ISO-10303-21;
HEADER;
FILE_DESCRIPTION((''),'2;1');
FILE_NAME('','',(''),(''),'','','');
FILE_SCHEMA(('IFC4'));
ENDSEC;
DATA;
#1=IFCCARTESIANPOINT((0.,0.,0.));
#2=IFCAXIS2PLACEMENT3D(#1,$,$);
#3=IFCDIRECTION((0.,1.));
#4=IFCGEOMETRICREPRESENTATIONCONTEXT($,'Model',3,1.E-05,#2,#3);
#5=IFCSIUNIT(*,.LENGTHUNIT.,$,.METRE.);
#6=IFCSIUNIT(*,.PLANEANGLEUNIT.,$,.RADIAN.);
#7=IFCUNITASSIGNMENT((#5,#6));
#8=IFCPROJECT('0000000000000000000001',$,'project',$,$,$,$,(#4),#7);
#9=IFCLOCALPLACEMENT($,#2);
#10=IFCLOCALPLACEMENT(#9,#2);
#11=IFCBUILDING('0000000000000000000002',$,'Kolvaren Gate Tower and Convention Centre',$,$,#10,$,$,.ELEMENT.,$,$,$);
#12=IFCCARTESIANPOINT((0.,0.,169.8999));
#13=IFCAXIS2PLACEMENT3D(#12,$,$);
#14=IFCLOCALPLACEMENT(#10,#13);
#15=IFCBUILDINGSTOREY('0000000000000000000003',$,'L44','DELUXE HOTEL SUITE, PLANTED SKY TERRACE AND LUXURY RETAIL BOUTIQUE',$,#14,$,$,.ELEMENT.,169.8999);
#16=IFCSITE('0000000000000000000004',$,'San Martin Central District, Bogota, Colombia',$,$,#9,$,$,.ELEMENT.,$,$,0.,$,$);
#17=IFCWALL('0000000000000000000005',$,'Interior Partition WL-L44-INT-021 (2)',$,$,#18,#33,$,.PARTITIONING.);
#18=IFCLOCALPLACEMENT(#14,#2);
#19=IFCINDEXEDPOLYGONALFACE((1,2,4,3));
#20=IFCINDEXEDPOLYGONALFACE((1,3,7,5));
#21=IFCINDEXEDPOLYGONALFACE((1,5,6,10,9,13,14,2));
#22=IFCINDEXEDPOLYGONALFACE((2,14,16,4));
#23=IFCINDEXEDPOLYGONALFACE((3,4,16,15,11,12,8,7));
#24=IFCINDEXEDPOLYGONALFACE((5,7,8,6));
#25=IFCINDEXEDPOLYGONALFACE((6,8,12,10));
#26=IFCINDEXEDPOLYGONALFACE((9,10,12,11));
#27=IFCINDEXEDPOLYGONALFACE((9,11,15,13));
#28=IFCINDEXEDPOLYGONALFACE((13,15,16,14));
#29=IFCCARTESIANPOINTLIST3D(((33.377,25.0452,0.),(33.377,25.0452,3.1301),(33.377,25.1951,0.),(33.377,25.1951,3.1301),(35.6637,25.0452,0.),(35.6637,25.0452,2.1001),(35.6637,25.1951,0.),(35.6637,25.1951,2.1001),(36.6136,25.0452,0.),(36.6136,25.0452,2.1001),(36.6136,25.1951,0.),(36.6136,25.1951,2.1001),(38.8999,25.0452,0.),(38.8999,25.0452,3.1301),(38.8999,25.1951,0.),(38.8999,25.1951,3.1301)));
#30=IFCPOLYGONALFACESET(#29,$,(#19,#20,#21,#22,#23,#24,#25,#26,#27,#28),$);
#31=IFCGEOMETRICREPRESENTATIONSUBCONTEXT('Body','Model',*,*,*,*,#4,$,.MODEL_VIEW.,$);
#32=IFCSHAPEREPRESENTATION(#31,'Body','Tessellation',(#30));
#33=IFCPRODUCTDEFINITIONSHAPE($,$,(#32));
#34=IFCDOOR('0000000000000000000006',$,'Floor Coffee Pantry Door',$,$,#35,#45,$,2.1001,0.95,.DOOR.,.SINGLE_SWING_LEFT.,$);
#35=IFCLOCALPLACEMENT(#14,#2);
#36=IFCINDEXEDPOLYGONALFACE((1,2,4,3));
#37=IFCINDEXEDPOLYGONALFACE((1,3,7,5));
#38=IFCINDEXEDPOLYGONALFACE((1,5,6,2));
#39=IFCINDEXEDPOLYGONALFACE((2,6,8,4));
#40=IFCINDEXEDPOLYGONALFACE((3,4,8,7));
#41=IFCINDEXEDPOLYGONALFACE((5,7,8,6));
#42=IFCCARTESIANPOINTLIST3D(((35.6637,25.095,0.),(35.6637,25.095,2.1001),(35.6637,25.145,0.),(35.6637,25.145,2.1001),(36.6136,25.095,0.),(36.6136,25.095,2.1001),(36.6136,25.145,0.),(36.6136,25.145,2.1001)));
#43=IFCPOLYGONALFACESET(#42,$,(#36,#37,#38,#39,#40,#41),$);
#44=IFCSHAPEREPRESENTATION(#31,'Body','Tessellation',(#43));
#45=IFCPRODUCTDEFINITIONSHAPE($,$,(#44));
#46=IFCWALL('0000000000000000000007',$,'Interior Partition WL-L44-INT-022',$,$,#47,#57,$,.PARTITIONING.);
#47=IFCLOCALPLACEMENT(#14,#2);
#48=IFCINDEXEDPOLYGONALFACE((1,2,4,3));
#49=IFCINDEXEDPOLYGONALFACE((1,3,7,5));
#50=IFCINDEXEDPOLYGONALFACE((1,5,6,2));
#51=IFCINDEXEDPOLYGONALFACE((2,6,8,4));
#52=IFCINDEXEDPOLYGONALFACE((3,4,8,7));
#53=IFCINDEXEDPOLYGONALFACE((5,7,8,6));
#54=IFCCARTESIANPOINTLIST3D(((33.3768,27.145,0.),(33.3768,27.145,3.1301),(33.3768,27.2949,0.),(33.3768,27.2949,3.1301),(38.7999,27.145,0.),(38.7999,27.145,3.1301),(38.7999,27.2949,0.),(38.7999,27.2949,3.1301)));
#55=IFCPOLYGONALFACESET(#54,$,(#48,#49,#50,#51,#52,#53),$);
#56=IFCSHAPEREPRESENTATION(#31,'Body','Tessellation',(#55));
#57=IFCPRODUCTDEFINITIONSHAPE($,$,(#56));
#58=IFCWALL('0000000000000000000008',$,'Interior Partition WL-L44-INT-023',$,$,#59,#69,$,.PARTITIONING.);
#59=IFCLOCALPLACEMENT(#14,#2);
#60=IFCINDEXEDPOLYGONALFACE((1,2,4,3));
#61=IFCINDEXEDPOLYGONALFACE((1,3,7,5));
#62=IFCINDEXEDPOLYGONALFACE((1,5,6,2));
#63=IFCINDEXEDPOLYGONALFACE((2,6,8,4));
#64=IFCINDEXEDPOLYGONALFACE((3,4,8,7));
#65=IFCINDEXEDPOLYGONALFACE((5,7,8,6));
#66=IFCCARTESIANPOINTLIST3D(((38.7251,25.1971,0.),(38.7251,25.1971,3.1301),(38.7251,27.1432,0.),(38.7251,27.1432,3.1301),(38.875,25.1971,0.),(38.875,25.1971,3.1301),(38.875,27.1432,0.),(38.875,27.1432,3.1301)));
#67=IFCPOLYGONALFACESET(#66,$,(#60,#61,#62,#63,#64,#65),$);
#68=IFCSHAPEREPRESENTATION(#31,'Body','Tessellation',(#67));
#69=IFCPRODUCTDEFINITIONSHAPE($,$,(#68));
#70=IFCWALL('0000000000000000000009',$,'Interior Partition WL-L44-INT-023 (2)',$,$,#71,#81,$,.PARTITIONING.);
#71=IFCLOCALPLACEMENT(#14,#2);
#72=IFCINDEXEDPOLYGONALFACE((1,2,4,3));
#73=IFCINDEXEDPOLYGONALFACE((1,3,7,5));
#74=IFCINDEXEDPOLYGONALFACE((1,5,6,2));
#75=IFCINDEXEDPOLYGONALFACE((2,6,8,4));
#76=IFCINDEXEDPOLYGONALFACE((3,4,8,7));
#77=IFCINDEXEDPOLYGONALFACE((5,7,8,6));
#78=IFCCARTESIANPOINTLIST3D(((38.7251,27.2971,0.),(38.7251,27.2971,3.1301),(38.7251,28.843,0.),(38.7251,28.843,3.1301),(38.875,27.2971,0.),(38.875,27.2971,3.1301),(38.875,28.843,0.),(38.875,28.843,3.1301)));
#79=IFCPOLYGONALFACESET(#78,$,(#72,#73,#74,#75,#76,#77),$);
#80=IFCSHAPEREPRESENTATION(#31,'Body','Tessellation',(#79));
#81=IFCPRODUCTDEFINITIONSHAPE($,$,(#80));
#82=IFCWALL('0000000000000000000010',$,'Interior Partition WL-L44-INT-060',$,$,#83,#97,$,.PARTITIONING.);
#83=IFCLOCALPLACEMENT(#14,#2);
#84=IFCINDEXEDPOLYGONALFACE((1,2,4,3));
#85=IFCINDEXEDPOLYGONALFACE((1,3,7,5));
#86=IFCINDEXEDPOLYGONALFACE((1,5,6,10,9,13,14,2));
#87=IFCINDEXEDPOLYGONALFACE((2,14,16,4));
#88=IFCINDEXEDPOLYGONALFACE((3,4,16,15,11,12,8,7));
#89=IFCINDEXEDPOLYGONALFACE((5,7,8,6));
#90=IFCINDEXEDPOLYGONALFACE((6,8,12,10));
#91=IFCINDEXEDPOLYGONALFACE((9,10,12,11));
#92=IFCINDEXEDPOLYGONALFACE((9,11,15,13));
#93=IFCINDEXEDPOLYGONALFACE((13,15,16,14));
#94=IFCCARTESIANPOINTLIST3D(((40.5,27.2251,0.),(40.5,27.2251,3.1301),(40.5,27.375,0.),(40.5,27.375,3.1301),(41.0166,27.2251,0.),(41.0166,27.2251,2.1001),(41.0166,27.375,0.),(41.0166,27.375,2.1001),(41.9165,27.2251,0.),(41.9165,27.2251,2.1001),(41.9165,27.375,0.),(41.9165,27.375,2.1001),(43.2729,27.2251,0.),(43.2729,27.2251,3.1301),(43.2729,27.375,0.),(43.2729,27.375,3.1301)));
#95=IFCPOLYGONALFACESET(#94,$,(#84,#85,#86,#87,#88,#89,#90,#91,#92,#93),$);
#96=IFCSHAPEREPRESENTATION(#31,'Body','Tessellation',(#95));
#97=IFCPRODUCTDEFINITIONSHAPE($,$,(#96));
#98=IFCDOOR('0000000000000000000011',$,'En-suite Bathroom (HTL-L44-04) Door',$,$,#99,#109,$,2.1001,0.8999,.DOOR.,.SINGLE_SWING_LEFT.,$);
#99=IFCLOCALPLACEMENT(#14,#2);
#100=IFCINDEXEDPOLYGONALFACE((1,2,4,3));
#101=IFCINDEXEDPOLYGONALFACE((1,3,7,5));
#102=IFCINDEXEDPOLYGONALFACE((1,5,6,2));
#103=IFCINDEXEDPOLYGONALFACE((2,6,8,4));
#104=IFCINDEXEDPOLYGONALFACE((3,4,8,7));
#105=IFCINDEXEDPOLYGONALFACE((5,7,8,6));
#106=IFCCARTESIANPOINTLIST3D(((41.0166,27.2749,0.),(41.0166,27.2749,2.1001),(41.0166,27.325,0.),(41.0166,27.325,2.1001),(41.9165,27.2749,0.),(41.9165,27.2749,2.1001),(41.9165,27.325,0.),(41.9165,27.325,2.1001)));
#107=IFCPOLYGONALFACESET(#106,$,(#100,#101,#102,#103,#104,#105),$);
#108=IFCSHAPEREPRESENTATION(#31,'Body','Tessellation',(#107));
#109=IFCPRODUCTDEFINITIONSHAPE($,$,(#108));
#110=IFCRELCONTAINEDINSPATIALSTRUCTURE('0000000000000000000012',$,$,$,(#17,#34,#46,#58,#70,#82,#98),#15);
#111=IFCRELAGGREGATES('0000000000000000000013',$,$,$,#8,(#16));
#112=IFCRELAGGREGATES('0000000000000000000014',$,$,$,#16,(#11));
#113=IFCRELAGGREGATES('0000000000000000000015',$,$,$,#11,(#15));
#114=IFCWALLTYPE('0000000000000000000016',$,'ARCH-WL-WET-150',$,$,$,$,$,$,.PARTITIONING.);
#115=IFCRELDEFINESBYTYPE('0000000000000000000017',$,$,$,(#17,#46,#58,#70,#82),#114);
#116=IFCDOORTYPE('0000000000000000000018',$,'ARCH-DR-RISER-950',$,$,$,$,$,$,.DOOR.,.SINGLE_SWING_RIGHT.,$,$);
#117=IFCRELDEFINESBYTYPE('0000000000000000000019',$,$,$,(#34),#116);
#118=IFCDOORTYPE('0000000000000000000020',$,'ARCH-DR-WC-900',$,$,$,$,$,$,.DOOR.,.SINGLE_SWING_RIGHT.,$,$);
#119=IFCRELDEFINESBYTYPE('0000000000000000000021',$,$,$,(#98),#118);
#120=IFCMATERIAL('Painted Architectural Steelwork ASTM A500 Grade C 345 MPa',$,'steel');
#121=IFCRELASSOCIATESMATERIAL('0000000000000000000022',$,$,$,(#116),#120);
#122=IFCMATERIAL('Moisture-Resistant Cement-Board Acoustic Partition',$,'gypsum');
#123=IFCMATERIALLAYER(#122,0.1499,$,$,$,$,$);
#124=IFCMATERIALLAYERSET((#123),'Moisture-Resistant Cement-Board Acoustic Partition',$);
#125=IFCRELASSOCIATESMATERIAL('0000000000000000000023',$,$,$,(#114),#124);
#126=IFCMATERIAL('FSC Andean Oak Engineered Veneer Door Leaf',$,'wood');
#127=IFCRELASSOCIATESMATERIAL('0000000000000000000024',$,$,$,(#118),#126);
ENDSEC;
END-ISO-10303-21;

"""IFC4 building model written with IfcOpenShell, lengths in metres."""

from ifc_helpers import new_model, si_unit, direction, frame, frame_2d, origin, place, context, subcontext, project, spatial, rectangle, extrude, material, layer, layer_set, type_object, element, fill, save


model = new_model("IFC4")

# Units and contexts
model_context = context("Model", 3, precision=1e-05, world=origin(), true_north=direction((0.0, 1.0)))
body_context = subcontext(model_context, "Body", "Model", "MODEL_VIEW")
ifc_project = project(units=[si_unit("LENGTHUNIT", "METRE"), si_unit("PLANEANGLEUNIT", "RADIAN")], contexts=[model_context])

# Site, building, storey
site_placement = place(None, origin())
site = spatial("IfcSite", under=ifc_project, at=site_placement, Name="San Martin Central District, Bogota, Colombia", CompositionType="ELEMENT", RefElevation=0.0)
building_placement = place(site_placement, origin())
building = spatial("IfcBuilding", under=site, at=building_placement, Name="Kolvaren Gate Tower and Convention Centre", CompositionType="ELEMENT")
storey_placement = place(building_placement, frame((0.0, 0.0, 169.8999)))
storey = spatial("IfcBuildingStorey", under=building, at=storey_placement, Name="L44", Description="DELUXE HOTEL SUITE, PLANTED SKY TERRACE AND LUXURY RETAIL BOUTIQUE", CompositionType="ELEMENT", Elevation=169.8999)

# Shared definitions
ifc_material_1 = material(Name="Painted Architectural Steelwork ASTM A500 Grade C 345 MPa", Category="steel")
door_type_1 = type_object("IfcDoorType", Name="ARCH-DR-RISER-950", OperationType="SINGLE_SWING_RIGHT", PredefinedType="DOOR", material=ifc_material_1)

# Shared definitions
ifc_material_2 = material(Name="Moisture-Resistant Cement-Board Acoustic Partition", Category="gypsum")
ifc_layer_1 = layer(ifc_material_2, 0.1499)
ifc_layer_set_1 = layer_set([ifc_layer_1], Name="Moisture-Resistant Cement-Board Acoustic Partition")
wall_type_1 = type_object("IfcWallType", Name="ARCH-WL-WET-150", PredefinedType="PARTITIONING", material=ifc_layer_set_1)

# Wall, opening, door
wall_1_placement = place(storey_placement, frame((33.377, 25.1201, 0.0), z_axis=(0.0, 0.0, 1.0), x_axis=(1.0, 0.0, 0.0)))
wall_1 = element("IfcWall", 1, at=wall_1_placement, inside=storey, type_object=wall_type_1, Name="Interior Partition WL-L44-INT-021 (2)", PredefinedType="PARTITIONING", context=body_context, shape_type="SweptSolid", body=[
    extrude(rectangle(XDim=5.5229, YDim=0.1499, at=frame_2d((2.7615, 0.0))), origin(), (0.0, 0.0, 1.0), 3.1301),
])
opening_1_placement = place(wall_1_placement, frame((2.2866, 0.0, 0.0)))
opening_1 = element("IfcOpeningElement", 2, at=opening_1_placement, cuts=wall_1, PredefinedType="OPENING", context=body_context, shape_type="SweptSolid", body=[
    extrude(rectangle(XDim=0.95, YDim=2.1001, at=frame_2d((0.4751, 1.05))), frame((0.0, 0.085, 0.0), z_axis=(0.0, -1.0, 0.0), x_axis=(1.0, 0.0, 0.0)), (0.0, 0.0, 1.0), 0.1699),
])
door_1_placement = place(opening_1_placement, origin())
door_1 = element("IfcDoor", 3, at=door_1_placement, inside=storey, type_object=door_type_1, Name="Floor Coffee Pantry Door", OperationType="SINGLE_SWING_LEFT", OverallHeight=2.1001, OverallWidth=0.95, PredefinedType="DOOR", context=body_context, shape_type="SweptSolid", body=[
    extrude(rectangle(XDim=0.95, YDim=2.1001, at=frame_2d((0.4751, 1.05))), frame((0.0, 0.0249, 0.0), z_axis=(0.0, -1.0, 0.0), x_axis=(1.0, 0.0, 0.0)), (0.0, 0.0, 1.0), 0.05),
])
fill(opening_1, door_1)

# Walls
wall_2_placement = place(storey_placement, frame((33.377, 27.22, 0.0), z_axis=(0.0, 0.0, 1.0), x_axis=(1.0, 0.0, 0.0)))
element("IfcWall", 4, at=wall_2_placement, inside=storey, type_object=wall_type_1, Name="Interior Partition WL-L44-INT-022", PredefinedType="PARTITIONING", context=body_context, shape_type="SweptSolid", body=[
    extrude(rectangle(XDim=5.4231, YDim=0.1499, at=frame_2d((2.7114, 0.0))), origin(), (0.0, 0.0, 1.0), 3.1301),
])
wall_3_placement = place(storey_placement, frame((38.8, 25.197, 0.0), z_axis=(0.0, 0.0, 1.0), x_axis=(0.0, 1.0, 0.0)))
element("IfcWall", 5, at=wall_3_placement, inside=storey, type_object=wall_type_1, Name="Interior Partition WL-L44-INT-023", PredefinedType="PARTITIONING", context=body_context, shape_type="SweptSolid", body=[
    extrude(rectangle(XDim=1.946, YDim=0.1499, at=frame_2d((0.9731, 0.0))), origin(), (0.0, 0.0, 1.0), 3.1301),
])
wall_4_placement = place(storey_placement, frame((38.8, 27.2971, 0.0), z_axis=(0.0, 0.0, 1.0), x_axis=(0.0, 1.0, 0.0)))
element("IfcWall", 6, at=wall_4_placement, inside=storey, type_object=wall_type_1, Name="Interior Partition WL-L44-INT-023 (2)", PredefinedType="PARTITIONING", context=body_context, shape_type="SweptSolid", body=[
    extrude(rectangle(XDim=1.5459, YDim=0.1499, at=frame_2d((0.7729, 0.0))), origin(), (0.0, 0.0, 1.0), 3.1301),
])

# Wall, opening, door
wall_5_placement = place(storey_placement, frame((40.5, 27.3, 0.0), z_axis=(0.0, 0.0, 1.0), x_axis=(1.0, 0.0, 0.0)))
wall_5 = element("IfcWall", 7, at=wall_5_placement, inside=storey, type_object=wall_type_1, Name="Interior Partition WL-L44-INT-060", PredefinedType="PARTITIONING", context=body_context, shape_type="SweptSolid", body=[
    extrude(rectangle(XDim=2.7729, YDim=0.1499, at=frame_2d((1.3865, 0.0))), origin(), (0.0, 0.0, 1.0), 3.1301),
])
opening_2_placement = place(wall_5_placement, frame((0.5166, 0.0, 0.0)))
opening_2 = element("IfcOpeningElement", 8, at=opening_2_placement, cuts=wall_5, PredefinedType="OPENING", context=body_context, shape_type="SweptSolid", body=[
    extrude(rectangle(XDim=0.8999, YDim=2.1001, at=frame_2d((0.45, 1.05))), frame((0.0, 0.085, 0.0), z_axis=(0.0, -1.0, 0.0), x_axis=(1.0, 0.0, 0.0)), (0.0, 0.0, 1.0), 0.1699),
])
ifc_material_3 = material(Name="FSC Andean Oak Engineered Veneer Door Leaf", Category="wood")
door_type_2 = type_object("IfcDoorType", Name="ARCH-DR-WC-900", OperationType="SINGLE_SWING_RIGHT", PredefinedType="DOOR", material=ifc_material_3)
door_2_placement = place(opening_2_placement, origin())
door_2 = element("IfcDoor", 9, at=door_2_placement, inside=storey, type_object=door_type_2, Name="En-suite Bathroom (HTL-L44-04) Door", OperationType="SINGLE_SWING_LEFT", OverallHeight=2.1001, OverallWidth=0.8999, PredefinedType="DOOR", context=body_context, shape_type="SweptSolid", body=[
    extrude(rectangle(XDim=0.8999, YDim=2.1001, at=frame_2d((0.45, 1.05))), frame((0.0, 0.0249, 0.0), z_axis=(0.0, -1.0, 0.0), x_axis=(1.0, 0.0, 0.0)), (0.0, 0.0, 1.0), 0.05),
])
fill(opening_2, door_2)

save(model, "model.ifc")
